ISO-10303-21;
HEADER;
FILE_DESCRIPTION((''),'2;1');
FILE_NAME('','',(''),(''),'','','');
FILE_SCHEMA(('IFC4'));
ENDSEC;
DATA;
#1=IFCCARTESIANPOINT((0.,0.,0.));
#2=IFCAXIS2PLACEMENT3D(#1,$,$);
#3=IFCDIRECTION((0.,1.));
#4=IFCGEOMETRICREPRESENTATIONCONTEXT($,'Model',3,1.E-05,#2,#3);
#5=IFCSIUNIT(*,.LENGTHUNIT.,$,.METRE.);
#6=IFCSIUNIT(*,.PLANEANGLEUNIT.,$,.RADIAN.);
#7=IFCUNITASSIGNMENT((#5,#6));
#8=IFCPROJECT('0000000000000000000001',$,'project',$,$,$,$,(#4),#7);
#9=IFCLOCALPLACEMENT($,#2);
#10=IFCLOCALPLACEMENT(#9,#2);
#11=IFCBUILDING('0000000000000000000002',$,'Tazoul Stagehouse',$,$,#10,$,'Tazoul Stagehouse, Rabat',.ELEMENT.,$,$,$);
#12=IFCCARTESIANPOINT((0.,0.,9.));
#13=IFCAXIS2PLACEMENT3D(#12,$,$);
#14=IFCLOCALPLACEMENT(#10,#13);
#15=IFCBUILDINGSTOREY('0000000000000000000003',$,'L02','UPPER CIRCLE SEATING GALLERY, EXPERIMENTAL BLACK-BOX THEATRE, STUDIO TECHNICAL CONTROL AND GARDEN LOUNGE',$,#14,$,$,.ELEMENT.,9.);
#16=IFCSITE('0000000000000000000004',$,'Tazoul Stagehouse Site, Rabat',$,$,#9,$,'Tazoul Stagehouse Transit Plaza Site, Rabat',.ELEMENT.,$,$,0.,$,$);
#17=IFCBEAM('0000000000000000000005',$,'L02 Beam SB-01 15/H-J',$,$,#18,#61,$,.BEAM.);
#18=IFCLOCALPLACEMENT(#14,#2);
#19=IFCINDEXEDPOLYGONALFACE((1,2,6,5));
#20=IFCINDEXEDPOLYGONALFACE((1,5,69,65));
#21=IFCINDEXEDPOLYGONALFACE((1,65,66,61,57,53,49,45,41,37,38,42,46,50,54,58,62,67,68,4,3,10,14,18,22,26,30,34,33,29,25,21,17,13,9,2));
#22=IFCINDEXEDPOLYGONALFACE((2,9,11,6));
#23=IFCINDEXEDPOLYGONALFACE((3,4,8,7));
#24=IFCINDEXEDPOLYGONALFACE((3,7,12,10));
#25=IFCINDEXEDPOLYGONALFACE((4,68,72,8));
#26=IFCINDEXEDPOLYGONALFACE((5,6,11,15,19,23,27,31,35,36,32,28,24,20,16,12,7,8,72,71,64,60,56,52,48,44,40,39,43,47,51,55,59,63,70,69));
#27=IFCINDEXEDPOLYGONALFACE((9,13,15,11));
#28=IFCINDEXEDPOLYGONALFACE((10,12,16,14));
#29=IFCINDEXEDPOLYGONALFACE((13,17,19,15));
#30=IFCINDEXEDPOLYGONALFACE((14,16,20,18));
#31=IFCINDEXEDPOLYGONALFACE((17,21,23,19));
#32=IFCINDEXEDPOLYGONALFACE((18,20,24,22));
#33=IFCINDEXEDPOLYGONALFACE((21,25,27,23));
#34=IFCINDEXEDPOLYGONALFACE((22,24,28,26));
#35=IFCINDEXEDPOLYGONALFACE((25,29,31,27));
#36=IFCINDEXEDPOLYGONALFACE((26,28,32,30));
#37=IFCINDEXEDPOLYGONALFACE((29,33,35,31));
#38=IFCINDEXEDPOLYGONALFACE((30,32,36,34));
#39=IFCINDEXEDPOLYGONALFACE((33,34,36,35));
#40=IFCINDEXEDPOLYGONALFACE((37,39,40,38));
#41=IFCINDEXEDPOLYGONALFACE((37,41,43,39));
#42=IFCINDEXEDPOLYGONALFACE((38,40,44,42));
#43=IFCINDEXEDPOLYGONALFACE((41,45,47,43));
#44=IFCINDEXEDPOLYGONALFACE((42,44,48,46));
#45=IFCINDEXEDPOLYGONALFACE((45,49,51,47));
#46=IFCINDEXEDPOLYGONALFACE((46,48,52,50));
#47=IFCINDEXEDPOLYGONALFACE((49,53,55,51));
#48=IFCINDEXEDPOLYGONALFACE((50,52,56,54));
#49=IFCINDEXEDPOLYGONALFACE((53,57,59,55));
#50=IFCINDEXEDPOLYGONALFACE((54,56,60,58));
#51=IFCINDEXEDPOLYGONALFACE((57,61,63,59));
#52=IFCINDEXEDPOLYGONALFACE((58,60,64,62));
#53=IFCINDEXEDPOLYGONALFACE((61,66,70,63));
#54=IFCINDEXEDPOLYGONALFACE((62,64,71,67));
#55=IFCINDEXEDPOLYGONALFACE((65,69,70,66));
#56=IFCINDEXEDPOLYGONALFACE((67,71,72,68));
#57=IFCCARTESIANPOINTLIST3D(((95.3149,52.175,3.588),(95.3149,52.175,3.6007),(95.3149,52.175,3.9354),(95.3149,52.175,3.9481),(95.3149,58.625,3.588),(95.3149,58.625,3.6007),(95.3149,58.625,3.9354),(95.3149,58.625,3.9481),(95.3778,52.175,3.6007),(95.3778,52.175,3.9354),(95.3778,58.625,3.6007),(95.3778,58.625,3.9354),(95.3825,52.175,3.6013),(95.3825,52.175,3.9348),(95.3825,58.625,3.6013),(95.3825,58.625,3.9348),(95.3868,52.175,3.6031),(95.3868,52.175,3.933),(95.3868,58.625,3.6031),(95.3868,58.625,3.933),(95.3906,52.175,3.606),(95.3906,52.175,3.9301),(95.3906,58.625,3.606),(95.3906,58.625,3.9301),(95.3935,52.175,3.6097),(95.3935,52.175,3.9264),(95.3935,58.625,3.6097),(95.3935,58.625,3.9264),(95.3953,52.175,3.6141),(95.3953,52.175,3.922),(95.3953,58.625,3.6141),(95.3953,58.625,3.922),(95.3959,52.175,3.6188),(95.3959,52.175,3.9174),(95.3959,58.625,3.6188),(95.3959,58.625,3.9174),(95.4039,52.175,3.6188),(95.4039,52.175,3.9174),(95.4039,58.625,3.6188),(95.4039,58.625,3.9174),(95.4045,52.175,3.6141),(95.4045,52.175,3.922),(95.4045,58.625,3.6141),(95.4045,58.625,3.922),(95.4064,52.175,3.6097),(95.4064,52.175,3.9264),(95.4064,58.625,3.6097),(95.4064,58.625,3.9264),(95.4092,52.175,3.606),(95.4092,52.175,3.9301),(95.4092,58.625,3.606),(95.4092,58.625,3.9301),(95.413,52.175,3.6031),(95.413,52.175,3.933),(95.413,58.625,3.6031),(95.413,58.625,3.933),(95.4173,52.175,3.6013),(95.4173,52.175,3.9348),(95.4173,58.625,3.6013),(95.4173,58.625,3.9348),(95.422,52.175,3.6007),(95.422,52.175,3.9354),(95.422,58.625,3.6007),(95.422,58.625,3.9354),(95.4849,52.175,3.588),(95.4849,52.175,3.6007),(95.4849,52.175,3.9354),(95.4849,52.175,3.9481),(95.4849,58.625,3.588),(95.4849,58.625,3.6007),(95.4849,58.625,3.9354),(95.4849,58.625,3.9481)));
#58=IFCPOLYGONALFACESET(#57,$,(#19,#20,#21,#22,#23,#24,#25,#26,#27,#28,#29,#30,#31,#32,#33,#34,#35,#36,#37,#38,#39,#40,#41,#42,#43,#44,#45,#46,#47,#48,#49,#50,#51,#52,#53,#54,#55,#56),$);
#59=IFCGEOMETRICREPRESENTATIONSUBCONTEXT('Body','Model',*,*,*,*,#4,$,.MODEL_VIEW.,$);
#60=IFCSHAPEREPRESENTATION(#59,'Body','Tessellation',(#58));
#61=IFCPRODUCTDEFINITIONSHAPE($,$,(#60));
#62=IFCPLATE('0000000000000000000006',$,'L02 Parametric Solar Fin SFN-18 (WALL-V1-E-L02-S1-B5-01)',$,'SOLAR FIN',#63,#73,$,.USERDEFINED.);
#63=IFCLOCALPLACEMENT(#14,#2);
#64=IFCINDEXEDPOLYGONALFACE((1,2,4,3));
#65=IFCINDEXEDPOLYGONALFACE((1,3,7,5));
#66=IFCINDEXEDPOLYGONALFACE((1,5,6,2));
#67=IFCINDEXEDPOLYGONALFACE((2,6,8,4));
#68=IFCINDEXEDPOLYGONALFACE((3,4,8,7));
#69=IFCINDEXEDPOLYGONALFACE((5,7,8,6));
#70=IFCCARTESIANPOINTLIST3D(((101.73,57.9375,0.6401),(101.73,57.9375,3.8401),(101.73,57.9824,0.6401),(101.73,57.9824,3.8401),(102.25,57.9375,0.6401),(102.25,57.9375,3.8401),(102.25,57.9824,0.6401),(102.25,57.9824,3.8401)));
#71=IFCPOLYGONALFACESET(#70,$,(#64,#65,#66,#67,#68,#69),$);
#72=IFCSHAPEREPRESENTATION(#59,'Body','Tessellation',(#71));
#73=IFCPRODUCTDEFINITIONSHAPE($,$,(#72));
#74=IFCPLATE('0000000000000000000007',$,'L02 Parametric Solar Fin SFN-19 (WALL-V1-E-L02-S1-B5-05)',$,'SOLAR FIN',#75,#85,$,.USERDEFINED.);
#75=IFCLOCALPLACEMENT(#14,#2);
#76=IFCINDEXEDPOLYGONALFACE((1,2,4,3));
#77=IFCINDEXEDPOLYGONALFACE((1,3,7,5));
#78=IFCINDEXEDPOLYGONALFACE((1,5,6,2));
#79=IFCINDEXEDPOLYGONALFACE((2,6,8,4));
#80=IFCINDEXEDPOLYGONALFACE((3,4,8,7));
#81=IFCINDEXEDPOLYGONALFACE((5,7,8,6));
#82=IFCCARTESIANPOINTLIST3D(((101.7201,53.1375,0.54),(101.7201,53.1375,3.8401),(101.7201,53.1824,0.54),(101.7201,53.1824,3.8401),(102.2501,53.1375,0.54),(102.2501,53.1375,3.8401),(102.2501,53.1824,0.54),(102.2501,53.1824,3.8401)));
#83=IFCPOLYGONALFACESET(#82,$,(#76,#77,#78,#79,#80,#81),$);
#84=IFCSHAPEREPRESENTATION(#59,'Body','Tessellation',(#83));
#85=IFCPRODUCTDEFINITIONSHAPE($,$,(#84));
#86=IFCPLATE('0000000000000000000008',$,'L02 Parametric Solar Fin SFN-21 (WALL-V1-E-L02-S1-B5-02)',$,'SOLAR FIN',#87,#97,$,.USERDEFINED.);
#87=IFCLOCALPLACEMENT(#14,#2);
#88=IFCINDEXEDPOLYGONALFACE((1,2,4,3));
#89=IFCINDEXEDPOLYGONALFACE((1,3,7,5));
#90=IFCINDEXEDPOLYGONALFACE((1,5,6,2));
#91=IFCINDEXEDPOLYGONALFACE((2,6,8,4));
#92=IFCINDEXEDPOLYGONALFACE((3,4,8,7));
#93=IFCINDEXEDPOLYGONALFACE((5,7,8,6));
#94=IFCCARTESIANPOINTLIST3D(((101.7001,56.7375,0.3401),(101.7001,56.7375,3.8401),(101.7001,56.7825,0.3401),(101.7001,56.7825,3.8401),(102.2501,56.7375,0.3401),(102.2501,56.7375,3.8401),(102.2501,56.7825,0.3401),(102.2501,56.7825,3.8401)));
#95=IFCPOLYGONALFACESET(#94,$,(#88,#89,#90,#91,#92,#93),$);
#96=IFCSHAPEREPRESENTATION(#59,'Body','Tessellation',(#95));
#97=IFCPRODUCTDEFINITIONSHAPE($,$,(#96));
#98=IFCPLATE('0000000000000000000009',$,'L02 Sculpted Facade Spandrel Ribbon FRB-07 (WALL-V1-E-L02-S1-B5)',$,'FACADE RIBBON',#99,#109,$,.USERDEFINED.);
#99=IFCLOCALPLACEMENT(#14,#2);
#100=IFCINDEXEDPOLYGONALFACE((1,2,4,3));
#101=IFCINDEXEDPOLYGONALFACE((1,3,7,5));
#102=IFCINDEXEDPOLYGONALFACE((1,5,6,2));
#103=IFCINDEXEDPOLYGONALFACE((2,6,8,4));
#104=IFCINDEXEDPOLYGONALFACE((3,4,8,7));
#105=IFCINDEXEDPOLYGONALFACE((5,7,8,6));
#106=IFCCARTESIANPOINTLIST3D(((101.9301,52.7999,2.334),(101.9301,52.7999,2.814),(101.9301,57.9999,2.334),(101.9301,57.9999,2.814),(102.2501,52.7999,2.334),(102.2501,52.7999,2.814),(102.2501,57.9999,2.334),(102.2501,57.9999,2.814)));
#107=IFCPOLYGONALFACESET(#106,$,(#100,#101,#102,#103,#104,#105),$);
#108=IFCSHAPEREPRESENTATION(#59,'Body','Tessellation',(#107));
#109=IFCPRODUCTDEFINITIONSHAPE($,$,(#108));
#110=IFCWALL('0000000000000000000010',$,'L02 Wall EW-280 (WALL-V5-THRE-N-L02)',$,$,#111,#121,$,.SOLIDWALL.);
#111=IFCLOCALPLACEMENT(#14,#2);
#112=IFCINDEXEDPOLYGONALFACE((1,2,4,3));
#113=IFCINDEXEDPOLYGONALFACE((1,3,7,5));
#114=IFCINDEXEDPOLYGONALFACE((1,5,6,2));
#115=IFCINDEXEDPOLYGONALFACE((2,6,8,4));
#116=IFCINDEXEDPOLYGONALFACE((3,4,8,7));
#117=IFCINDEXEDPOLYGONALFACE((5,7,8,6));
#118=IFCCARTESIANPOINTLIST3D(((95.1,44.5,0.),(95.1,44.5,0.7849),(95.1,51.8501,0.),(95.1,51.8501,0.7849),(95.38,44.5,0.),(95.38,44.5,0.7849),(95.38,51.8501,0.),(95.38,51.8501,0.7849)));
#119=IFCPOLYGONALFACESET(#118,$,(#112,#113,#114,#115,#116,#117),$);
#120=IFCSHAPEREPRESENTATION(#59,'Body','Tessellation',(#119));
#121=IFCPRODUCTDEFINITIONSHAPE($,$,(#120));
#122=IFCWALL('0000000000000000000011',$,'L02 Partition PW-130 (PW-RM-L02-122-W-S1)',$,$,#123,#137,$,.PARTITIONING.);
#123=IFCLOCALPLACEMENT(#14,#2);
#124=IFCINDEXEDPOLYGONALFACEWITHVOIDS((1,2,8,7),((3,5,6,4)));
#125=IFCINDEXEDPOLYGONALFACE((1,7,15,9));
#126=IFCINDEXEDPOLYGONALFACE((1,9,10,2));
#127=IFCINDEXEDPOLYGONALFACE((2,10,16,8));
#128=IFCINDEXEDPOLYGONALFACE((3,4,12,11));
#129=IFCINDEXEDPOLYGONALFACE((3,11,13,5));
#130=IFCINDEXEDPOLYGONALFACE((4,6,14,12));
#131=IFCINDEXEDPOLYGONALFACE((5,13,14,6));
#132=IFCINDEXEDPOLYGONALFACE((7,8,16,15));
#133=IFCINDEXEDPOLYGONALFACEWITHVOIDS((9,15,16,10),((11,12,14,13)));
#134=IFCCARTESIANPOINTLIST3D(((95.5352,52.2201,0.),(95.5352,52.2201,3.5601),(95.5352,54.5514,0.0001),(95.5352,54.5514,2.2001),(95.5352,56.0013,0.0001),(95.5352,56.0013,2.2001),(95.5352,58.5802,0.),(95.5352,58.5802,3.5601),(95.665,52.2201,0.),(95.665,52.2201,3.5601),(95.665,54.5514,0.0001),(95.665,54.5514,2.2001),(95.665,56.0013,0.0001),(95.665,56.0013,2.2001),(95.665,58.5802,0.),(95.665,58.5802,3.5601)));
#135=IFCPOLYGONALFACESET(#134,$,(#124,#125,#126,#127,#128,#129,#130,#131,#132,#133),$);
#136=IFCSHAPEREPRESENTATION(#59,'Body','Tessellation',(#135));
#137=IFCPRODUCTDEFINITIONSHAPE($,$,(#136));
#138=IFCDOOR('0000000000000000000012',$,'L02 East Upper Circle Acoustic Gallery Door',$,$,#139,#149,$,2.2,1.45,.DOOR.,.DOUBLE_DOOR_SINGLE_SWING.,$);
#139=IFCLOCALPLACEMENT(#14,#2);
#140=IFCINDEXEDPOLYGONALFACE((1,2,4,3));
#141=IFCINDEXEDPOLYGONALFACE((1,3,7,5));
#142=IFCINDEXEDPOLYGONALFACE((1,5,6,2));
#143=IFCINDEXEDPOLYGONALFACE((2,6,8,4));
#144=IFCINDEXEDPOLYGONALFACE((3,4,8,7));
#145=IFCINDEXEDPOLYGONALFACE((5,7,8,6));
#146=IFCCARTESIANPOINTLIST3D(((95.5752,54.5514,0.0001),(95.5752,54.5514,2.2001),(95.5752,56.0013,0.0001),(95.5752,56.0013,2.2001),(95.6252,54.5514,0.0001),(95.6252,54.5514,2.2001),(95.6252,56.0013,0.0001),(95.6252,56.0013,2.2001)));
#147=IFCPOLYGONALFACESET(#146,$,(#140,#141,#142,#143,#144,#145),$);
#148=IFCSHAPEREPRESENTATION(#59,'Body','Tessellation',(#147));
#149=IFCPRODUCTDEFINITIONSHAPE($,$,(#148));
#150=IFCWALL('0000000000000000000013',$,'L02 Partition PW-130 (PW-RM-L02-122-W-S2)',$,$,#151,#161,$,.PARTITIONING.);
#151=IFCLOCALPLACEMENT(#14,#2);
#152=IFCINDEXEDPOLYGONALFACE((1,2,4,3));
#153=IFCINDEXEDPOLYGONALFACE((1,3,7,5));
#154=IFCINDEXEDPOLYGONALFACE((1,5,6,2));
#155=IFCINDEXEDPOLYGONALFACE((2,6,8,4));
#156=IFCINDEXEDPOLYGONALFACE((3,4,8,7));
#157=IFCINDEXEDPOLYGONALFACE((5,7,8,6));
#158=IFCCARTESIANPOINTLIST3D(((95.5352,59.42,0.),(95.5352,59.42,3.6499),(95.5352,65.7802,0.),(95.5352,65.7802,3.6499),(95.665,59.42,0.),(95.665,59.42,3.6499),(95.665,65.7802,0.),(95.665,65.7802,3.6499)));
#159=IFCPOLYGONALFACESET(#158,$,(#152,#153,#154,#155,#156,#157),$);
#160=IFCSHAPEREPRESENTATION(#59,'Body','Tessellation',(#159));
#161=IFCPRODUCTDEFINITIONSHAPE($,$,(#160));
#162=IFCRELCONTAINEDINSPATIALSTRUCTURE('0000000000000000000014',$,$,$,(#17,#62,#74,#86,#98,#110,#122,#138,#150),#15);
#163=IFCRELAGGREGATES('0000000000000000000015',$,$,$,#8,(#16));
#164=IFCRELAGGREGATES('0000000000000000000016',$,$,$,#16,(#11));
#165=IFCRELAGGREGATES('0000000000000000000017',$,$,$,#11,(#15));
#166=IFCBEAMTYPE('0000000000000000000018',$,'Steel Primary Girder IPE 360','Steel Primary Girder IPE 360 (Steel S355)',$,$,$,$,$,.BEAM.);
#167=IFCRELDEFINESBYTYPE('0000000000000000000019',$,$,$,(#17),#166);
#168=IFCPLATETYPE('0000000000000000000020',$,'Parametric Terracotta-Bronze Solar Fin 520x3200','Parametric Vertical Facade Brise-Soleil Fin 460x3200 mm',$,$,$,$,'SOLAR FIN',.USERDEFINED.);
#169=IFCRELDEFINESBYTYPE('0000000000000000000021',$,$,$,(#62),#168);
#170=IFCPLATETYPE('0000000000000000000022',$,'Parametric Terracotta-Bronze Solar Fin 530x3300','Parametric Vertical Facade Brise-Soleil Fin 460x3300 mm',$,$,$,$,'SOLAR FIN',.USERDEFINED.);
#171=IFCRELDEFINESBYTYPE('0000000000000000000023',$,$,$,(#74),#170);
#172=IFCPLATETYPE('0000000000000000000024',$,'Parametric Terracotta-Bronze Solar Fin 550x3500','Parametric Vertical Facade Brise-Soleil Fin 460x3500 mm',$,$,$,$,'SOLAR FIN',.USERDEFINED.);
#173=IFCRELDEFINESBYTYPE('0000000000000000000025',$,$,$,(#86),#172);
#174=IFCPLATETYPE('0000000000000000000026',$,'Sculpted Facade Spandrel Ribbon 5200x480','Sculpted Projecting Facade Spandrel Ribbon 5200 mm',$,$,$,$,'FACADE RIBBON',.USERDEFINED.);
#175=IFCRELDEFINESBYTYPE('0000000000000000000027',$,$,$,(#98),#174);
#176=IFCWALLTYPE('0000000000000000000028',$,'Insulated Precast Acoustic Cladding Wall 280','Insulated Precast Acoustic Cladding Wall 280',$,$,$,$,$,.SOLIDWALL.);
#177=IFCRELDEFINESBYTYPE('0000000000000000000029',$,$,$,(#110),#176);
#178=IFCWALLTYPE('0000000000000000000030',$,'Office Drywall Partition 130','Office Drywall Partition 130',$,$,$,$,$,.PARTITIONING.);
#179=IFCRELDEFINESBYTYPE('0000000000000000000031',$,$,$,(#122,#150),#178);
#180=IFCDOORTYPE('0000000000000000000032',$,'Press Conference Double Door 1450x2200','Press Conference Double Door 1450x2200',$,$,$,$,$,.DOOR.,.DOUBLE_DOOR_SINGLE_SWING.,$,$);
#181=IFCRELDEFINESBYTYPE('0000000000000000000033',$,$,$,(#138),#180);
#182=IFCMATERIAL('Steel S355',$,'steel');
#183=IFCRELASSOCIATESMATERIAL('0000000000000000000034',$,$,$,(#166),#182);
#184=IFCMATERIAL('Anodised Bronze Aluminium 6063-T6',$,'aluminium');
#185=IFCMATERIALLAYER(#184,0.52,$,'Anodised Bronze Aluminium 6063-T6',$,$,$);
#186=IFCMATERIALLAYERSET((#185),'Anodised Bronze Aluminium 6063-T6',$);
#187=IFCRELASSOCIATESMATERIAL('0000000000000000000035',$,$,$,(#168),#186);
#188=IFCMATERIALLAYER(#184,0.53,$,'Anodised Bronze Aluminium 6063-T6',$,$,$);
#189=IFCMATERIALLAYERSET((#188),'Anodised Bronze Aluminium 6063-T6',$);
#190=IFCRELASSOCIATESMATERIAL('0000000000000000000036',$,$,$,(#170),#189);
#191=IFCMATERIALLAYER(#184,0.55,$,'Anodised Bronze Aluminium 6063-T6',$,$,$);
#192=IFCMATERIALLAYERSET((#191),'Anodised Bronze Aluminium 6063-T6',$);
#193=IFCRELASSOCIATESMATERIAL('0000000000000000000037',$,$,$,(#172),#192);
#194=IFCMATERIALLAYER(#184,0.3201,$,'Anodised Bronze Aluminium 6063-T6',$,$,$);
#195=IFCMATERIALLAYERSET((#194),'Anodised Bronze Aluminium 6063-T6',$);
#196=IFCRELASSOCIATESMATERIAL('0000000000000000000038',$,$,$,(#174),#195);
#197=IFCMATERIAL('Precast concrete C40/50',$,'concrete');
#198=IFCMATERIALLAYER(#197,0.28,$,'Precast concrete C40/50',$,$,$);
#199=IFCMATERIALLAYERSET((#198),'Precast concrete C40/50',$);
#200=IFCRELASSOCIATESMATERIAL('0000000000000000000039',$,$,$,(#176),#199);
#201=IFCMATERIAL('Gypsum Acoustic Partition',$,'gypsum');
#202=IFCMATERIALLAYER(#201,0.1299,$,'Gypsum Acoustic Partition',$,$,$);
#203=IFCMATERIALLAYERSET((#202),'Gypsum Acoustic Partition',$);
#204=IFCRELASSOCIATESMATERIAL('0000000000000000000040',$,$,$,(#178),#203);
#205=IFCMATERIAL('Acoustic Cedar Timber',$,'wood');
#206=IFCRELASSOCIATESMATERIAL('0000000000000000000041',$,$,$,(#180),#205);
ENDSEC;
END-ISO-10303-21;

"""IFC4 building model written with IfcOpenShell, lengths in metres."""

from ifc_helpers import new_model, si_unit, direction, frame, frame_2d, origin, origin_2d, place, context, subcontext, project, spatial, rectangle, i_section, extrude, material, layer, layer_set, material_profile, profile_set, type_object, element, fill, save


model = new_model("IFC4")

# Units and contexts
model_context = context("Model", 3, precision=1e-05, world=origin(), true_north=direction((0.0, 1.0)))
body_context = subcontext(model_context, "Body", "Model", "MODEL_VIEW")
ifc_project = project(units=[si_unit("LENGTHUNIT", "METRE"), si_unit("PLANEANGLEUNIT", "RADIAN")], contexts=[model_context])

# Site, building, storey
site_placement = place(None, origin())
site = spatial("IfcSite", under=ifc_project, at=site_placement, Name="Tazoul Stagehouse Site, Rabat", LongName="Tazoul Stagehouse Transit Plaza Site, Rabat", CompositionType="ELEMENT", RefElevation=0.0)
building_placement = place(site_placement, origin())
building = spatial("IfcBuilding", under=site, at=building_placement, Name="Tazoul Stagehouse", LongName="Tazoul Stagehouse, Rabat", CompositionType="ELEMENT")
storey_placement = place(building_placement, frame((0.0, 0.0, 9.0)))
storey = spatial("IfcBuildingStorey", under=building, at=storey_placement, Name="L02", Description="UPPER CIRCLE SEATING GALLERY, EXPERIMENTAL BLACK-BOX THEATRE, STUDIO TECHNICAL CONTROL AND GARDEN LOUNGE", CompositionType="ELEMENT", Elevation=9.0)

# Beam
ifc_material_1 = material(Name="Steel S355", Category="steel")
ifc_material_profile_1 = material_profile(ifc_material_1, i_section(OverallWidth=0.1699, OverallDepth=0.3601, WebThickness=0.0081, FlangeThickness=0.0127, FilletRadius=0.0181, at=origin_2d()), Name="IPE 360")
ifc_profile_set_1 = profile_set([ifc_material_profile_1], Name="Steel S355")
beam_type_1 = type_object("IfcBeamType", Name="Steel Primary Girder IPE 360", Description="Steel Primary Girder IPE 360 (Steel S355)", PredefinedType="BEAM", material=ifc_profile_set_1)
beam_1_placement = place(storey_placement, frame((95.3999, 52.175, 3.7681), z_axis=(0.0, 1.0, 0.0), x_axis=(-1.0, 0.0, 0.0)))
element("IfcBeam", 1, at=beam_1_placement, inside=storey, type_object=beam_type_1, Name="L02 Beam SB-01 15/H-J", PredefinedType="BEAM", context=body_context, shape_type="SweptSolid", body=[
    extrude(i_section(OverallWidth=0.1699, OverallDepth=0.3601, WebThickness=0.0081, FlangeThickness=0.0127, FilletRadius=0.0181, at=origin_2d()), origin(), (0.0, 0.0, 1.0), 6.45),
])

# Plates
ifc_material_2 = material(Name="Anodised Bronze Aluminium 6063-T6", Category="aluminium")
ifc_layer_1 = layer(ifc_material_2, 0.52, Name="Anodised Bronze Aluminium 6063-T6")
ifc_layer_set_1 = layer_set([ifc_layer_1], Name="Anodised Bronze Aluminium 6063-T6")
plate_type_1 = type_object("IfcPlateType", Name="Parametric Terracotta-Bronze Solar Fin 520x3200", Description="Parametric Vertical Facade Brise-Soleil Fin 460x3200 mm", ElementType="SOLAR FIN", PredefinedType="USERDEFINED", material=ifc_layer_set_1)
plate_1_placement = place(storey_placement, frame((101.99, 57.96, 0.6401), z_axis=(0.0, 0.0, 1.0), x_axis=(0.0, -1.0, 0.0)))
element("IfcPlate", 2, at=plate_1_placement, inside=storey, type_object=plate_type_1, Name="L02 Parametric Solar Fin SFN-18 (WALL-V1-E-L02-S1-B5-01)", ObjectType="SOLAR FIN", PredefinedType="USERDEFINED", context=body_context, shape_type="SweptSolid", body=[
    extrude(rectangle(XDim=0.0449, YDim=0.52, at=origin_2d()), origin(), (0.0, 0.0, 1.0), 3.2),
])
ifc_layer_2 = layer(ifc_material_2, 0.53, Name="Anodised Bronze Aluminium 6063-T6")
ifc_layer_set_2 = layer_set([ifc_layer_2], Name="Anodised Bronze Aluminium 6063-T6")
plate_type_2 = type_object("IfcPlateType", Name="Parametric Terracotta-Bronze Solar Fin 530x3300", Description="Parametric Vertical Facade Brise-Soleil Fin 460x3300 mm", ElementType="SOLAR FIN", PredefinedType="USERDEFINED", material=ifc_layer_set_2)
plate_2_placement = place(storey_placement, frame((101.9851, 53.1599, 0.54), z_axis=(0.0, 0.0, 1.0), x_axis=(0.0, -1.0, 0.0)))
element("IfcPlate", 3, at=plate_2_placement, inside=storey, type_object=plate_type_2, Name="L02 Parametric Solar Fin SFN-19 (WALL-V1-E-L02-S1-B5-05)", ObjectType="SOLAR FIN", PredefinedType="USERDEFINED", context=body_context, shape_type="SweptSolid", body=[
    extrude(rectangle(XDim=0.0449, YDim=0.53, at=origin_2d()), origin(), (0.0, 0.0, 1.0), 3.3),
])
ifc_layer_3 = layer(ifc_material_2, 0.55, Name="Anodised Bronze Aluminium 6063-T6")
ifc_layer_set_3 = layer_set([ifc_layer_3], Name="Anodised Bronze Aluminium 6063-T6")
plate_type_3 = type_object("IfcPlateType", Name="Parametric Terracotta-Bronze Solar Fin 550x3500", Description="Parametric Vertical Facade Brise-Soleil Fin 460x3500 mm", ElementType="SOLAR FIN", PredefinedType="USERDEFINED", material=ifc_layer_set_3)
plate_3_placement = place(storey_placement, frame((101.9751, 56.76, 0.3401), z_axis=(0.0, 0.0, 1.0), x_axis=(0.0, -1.0, 0.0)))
element("IfcPlate", 4, at=plate_3_placement, inside=storey, type_object=plate_type_3, Name="L02 Parametric Solar Fin SFN-21 (WALL-V1-E-L02-S1-B5-02)", ObjectType="SOLAR FIN", PredefinedType="USERDEFINED", context=body_context, shape_type="SweptSolid", body=[
    extrude(rectangle(XDim=0.0449, YDim=0.55, at=origin_2d()), origin(), (0.0, 0.0, 1.0), 3.5),
])
ifc_layer_4 = layer(ifc_material_2, 0.3201, Name="Anodised Bronze Aluminium 6063-T6")
ifc_layer_set_4 = layer_set([ifc_layer_4], Name="Anodised Bronze Aluminium 6063-T6")
plate_type_4 = type_object("IfcPlateType", Name="Sculpted Facade Spandrel Ribbon 5200x480", Description="Sculpted Projecting Facade Spandrel Ribbon 5200 mm", ElementType="FACADE RIBBON", PredefinedType="USERDEFINED", material=ifc_layer_set_4)
plate_4_placement = place(storey_placement, frame((102.0901, 55.3999, 2.334), z_axis=(0.0, 0.0, 1.0), x_axis=(0.0, -1.0, 0.0)))
element("IfcPlate", 5, at=plate_4_placement, inside=storey, type_object=plate_type_4, Name="L02 Sculpted Facade Spandrel Ribbon FRB-07 (WALL-V1-E-L02-S1-B5)", ObjectType="FACADE RIBBON", PredefinedType="USERDEFINED", context=body_context, shape_type="SweptSolid", body=[
    extrude(rectangle(XDim=5.2, YDim=0.3201, at=origin_2d()), origin(), (0.0, 0.0, 1.0), 0.48),
])

# Wall
ifc_material_3 = material(Name="Precast concrete C40/50", Category="concrete")
ifc_layer_5 = layer(ifc_material_3, 0.28, Name="Precast concrete C40/50")
ifc_layer_set_5 = layer_set([ifc_layer_5], Name="Precast concrete C40/50")
wall_type_1 = type_object("IfcWallType", Name="Insulated Precast Acoustic Cladding Wall 280", Description="Insulated Precast Acoustic Cladding Wall 280", PredefinedType="SOLIDWALL", material=ifc_layer_set_5)
wall_1_placement = place(storey_placement, frame((95.24, 44.5, 0.0), z_axis=(0.0, 0.0, 1.0), x_axis=(0.0, 1.0, 0.0)))
element("IfcWall", 6, at=wall_1_placement, inside=storey, type_object=wall_type_1, Name="L02 Wall EW-280 (WALL-V5-THRE-N-L02)", PredefinedType="SOLIDWALL", context=body_context, shape_type="SweptSolid", body=[
    extrude(rectangle(XDim=7.3501, YDim=0.28, at=frame_2d((3.675, 0.0))), origin(), (0.0, 0.0, 1.0), 0.7849),
])

# Wall, opening, door
ifc_material_4 = material(Name="Gypsum Acoustic Partition", Category="gypsum")
ifc_layer_6 = layer(ifc_material_4, 0.1299, Name="Gypsum Acoustic Partition")
ifc_layer_set_6 = layer_set([ifc_layer_6], Name="Gypsum Acoustic Partition")
wall_type_2 = type_object("IfcWallType", Name="Office Drywall Partition 130", Description="Office Drywall Partition 130", PredefinedType="PARTITIONING", material=ifc_layer_set_6)
wall_2_placement = place(storey_placement, frame((95.6001, 52.22, 0.0), z_axis=(0.0, 0.0, 1.0), x_axis=(0.0, 1.0, 0.0)))
wall_2 = element("IfcWall", 7, at=wall_2_placement, inside=storey, type_object=wall_type_2, Name="L02 Partition PW-130 (PW-RM-L02-122-W-S1)", PredefinedType="PARTITIONING", context=body_context, shape_type="SweptSolid", body=[
    extrude(rectangle(XDim=6.3601, YDim=0.1299, at=frame_2d((3.1802, 0.0))), origin(), (0.0, 0.0, 1.0), 3.5601),
])
opening_placement = place(wall_2_placement, frame((2.3313, 0.0, 0.0)))
opening = element("IfcOpeningElement", 8, at=opening_placement, cuts=wall_2, PredefinedType="OPENING", context=body_context, shape_type="SweptSolid", body=[
    extrude(rectangle(XDim=1.45, YDim=2.2, at=frame_2d((0.7251, 1.1001))), frame((0.0, 0.085, 0.0), z_axis=(0.0, -1.0, 0.0), x_axis=(1.0, 0.0, 0.0)), (0.0, 0.0, 1.0), 0.1699),
])
ifc_material_5 = material(Name="Acoustic Cedar Timber", Category="wood")
door_type = type_object("IfcDoorType", Name="Press Conference Double Door 1450x2200", Description="Press Conference Double Door 1450x2200", OperationType="DOUBLE_DOOR_SINGLE_SWING", PredefinedType="DOOR", material=ifc_material_5)
door_placement = place(opening_placement, origin())
door = element("IfcDoor", 9, at=door_placement, inside=storey, type_object=door_type, Name="L02 East Upper Circle Acoustic Gallery Door", OperationType="DOUBLE_DOOR_SINGLE_SWING", OverallHeight=2.2, OverallWidth=1.45, PredefinedType="DOOR", context=body_context, shape_type="SweptSolid", body=[
    extrude(rectangle(XDim=1.45, YDim=2.2, at=frame_2d((0.7251, 1.1001))), frame((0.0, 0.0249, 0.0), z_axis=(0.0, -1.0, 0.0), x_axis=(1.0, 0.0, 0.0)), (0.0, 0.0, 1.0), 0.05),
])
fill(opening, door)

# Wall
wall_3_placement = place(storey_placement, frame((95.6001, 59.4199, 0.0), z_axis=(0.0, 0.0, 1.0), x_axis=(0.0, 1.0, 0.0)))
element("IfcWall", 10, at=wall_3_placement, inside=storey, type_object=wall_type_2, Name="L02 Partition PW-130 (PW-RM-L02-122-W-S2)", PredefinedType="PARTITIONING", context=body_context, shape_type="SweptSolid", body=[
    extrude(rectangle(XDim=6.3601, YDim=0.1299, at=frame_2d((3.1802, 0.0))), origin(), (0.0, 0.0, 1.0), 3.6499),
])

save(model, "model.ifc")
